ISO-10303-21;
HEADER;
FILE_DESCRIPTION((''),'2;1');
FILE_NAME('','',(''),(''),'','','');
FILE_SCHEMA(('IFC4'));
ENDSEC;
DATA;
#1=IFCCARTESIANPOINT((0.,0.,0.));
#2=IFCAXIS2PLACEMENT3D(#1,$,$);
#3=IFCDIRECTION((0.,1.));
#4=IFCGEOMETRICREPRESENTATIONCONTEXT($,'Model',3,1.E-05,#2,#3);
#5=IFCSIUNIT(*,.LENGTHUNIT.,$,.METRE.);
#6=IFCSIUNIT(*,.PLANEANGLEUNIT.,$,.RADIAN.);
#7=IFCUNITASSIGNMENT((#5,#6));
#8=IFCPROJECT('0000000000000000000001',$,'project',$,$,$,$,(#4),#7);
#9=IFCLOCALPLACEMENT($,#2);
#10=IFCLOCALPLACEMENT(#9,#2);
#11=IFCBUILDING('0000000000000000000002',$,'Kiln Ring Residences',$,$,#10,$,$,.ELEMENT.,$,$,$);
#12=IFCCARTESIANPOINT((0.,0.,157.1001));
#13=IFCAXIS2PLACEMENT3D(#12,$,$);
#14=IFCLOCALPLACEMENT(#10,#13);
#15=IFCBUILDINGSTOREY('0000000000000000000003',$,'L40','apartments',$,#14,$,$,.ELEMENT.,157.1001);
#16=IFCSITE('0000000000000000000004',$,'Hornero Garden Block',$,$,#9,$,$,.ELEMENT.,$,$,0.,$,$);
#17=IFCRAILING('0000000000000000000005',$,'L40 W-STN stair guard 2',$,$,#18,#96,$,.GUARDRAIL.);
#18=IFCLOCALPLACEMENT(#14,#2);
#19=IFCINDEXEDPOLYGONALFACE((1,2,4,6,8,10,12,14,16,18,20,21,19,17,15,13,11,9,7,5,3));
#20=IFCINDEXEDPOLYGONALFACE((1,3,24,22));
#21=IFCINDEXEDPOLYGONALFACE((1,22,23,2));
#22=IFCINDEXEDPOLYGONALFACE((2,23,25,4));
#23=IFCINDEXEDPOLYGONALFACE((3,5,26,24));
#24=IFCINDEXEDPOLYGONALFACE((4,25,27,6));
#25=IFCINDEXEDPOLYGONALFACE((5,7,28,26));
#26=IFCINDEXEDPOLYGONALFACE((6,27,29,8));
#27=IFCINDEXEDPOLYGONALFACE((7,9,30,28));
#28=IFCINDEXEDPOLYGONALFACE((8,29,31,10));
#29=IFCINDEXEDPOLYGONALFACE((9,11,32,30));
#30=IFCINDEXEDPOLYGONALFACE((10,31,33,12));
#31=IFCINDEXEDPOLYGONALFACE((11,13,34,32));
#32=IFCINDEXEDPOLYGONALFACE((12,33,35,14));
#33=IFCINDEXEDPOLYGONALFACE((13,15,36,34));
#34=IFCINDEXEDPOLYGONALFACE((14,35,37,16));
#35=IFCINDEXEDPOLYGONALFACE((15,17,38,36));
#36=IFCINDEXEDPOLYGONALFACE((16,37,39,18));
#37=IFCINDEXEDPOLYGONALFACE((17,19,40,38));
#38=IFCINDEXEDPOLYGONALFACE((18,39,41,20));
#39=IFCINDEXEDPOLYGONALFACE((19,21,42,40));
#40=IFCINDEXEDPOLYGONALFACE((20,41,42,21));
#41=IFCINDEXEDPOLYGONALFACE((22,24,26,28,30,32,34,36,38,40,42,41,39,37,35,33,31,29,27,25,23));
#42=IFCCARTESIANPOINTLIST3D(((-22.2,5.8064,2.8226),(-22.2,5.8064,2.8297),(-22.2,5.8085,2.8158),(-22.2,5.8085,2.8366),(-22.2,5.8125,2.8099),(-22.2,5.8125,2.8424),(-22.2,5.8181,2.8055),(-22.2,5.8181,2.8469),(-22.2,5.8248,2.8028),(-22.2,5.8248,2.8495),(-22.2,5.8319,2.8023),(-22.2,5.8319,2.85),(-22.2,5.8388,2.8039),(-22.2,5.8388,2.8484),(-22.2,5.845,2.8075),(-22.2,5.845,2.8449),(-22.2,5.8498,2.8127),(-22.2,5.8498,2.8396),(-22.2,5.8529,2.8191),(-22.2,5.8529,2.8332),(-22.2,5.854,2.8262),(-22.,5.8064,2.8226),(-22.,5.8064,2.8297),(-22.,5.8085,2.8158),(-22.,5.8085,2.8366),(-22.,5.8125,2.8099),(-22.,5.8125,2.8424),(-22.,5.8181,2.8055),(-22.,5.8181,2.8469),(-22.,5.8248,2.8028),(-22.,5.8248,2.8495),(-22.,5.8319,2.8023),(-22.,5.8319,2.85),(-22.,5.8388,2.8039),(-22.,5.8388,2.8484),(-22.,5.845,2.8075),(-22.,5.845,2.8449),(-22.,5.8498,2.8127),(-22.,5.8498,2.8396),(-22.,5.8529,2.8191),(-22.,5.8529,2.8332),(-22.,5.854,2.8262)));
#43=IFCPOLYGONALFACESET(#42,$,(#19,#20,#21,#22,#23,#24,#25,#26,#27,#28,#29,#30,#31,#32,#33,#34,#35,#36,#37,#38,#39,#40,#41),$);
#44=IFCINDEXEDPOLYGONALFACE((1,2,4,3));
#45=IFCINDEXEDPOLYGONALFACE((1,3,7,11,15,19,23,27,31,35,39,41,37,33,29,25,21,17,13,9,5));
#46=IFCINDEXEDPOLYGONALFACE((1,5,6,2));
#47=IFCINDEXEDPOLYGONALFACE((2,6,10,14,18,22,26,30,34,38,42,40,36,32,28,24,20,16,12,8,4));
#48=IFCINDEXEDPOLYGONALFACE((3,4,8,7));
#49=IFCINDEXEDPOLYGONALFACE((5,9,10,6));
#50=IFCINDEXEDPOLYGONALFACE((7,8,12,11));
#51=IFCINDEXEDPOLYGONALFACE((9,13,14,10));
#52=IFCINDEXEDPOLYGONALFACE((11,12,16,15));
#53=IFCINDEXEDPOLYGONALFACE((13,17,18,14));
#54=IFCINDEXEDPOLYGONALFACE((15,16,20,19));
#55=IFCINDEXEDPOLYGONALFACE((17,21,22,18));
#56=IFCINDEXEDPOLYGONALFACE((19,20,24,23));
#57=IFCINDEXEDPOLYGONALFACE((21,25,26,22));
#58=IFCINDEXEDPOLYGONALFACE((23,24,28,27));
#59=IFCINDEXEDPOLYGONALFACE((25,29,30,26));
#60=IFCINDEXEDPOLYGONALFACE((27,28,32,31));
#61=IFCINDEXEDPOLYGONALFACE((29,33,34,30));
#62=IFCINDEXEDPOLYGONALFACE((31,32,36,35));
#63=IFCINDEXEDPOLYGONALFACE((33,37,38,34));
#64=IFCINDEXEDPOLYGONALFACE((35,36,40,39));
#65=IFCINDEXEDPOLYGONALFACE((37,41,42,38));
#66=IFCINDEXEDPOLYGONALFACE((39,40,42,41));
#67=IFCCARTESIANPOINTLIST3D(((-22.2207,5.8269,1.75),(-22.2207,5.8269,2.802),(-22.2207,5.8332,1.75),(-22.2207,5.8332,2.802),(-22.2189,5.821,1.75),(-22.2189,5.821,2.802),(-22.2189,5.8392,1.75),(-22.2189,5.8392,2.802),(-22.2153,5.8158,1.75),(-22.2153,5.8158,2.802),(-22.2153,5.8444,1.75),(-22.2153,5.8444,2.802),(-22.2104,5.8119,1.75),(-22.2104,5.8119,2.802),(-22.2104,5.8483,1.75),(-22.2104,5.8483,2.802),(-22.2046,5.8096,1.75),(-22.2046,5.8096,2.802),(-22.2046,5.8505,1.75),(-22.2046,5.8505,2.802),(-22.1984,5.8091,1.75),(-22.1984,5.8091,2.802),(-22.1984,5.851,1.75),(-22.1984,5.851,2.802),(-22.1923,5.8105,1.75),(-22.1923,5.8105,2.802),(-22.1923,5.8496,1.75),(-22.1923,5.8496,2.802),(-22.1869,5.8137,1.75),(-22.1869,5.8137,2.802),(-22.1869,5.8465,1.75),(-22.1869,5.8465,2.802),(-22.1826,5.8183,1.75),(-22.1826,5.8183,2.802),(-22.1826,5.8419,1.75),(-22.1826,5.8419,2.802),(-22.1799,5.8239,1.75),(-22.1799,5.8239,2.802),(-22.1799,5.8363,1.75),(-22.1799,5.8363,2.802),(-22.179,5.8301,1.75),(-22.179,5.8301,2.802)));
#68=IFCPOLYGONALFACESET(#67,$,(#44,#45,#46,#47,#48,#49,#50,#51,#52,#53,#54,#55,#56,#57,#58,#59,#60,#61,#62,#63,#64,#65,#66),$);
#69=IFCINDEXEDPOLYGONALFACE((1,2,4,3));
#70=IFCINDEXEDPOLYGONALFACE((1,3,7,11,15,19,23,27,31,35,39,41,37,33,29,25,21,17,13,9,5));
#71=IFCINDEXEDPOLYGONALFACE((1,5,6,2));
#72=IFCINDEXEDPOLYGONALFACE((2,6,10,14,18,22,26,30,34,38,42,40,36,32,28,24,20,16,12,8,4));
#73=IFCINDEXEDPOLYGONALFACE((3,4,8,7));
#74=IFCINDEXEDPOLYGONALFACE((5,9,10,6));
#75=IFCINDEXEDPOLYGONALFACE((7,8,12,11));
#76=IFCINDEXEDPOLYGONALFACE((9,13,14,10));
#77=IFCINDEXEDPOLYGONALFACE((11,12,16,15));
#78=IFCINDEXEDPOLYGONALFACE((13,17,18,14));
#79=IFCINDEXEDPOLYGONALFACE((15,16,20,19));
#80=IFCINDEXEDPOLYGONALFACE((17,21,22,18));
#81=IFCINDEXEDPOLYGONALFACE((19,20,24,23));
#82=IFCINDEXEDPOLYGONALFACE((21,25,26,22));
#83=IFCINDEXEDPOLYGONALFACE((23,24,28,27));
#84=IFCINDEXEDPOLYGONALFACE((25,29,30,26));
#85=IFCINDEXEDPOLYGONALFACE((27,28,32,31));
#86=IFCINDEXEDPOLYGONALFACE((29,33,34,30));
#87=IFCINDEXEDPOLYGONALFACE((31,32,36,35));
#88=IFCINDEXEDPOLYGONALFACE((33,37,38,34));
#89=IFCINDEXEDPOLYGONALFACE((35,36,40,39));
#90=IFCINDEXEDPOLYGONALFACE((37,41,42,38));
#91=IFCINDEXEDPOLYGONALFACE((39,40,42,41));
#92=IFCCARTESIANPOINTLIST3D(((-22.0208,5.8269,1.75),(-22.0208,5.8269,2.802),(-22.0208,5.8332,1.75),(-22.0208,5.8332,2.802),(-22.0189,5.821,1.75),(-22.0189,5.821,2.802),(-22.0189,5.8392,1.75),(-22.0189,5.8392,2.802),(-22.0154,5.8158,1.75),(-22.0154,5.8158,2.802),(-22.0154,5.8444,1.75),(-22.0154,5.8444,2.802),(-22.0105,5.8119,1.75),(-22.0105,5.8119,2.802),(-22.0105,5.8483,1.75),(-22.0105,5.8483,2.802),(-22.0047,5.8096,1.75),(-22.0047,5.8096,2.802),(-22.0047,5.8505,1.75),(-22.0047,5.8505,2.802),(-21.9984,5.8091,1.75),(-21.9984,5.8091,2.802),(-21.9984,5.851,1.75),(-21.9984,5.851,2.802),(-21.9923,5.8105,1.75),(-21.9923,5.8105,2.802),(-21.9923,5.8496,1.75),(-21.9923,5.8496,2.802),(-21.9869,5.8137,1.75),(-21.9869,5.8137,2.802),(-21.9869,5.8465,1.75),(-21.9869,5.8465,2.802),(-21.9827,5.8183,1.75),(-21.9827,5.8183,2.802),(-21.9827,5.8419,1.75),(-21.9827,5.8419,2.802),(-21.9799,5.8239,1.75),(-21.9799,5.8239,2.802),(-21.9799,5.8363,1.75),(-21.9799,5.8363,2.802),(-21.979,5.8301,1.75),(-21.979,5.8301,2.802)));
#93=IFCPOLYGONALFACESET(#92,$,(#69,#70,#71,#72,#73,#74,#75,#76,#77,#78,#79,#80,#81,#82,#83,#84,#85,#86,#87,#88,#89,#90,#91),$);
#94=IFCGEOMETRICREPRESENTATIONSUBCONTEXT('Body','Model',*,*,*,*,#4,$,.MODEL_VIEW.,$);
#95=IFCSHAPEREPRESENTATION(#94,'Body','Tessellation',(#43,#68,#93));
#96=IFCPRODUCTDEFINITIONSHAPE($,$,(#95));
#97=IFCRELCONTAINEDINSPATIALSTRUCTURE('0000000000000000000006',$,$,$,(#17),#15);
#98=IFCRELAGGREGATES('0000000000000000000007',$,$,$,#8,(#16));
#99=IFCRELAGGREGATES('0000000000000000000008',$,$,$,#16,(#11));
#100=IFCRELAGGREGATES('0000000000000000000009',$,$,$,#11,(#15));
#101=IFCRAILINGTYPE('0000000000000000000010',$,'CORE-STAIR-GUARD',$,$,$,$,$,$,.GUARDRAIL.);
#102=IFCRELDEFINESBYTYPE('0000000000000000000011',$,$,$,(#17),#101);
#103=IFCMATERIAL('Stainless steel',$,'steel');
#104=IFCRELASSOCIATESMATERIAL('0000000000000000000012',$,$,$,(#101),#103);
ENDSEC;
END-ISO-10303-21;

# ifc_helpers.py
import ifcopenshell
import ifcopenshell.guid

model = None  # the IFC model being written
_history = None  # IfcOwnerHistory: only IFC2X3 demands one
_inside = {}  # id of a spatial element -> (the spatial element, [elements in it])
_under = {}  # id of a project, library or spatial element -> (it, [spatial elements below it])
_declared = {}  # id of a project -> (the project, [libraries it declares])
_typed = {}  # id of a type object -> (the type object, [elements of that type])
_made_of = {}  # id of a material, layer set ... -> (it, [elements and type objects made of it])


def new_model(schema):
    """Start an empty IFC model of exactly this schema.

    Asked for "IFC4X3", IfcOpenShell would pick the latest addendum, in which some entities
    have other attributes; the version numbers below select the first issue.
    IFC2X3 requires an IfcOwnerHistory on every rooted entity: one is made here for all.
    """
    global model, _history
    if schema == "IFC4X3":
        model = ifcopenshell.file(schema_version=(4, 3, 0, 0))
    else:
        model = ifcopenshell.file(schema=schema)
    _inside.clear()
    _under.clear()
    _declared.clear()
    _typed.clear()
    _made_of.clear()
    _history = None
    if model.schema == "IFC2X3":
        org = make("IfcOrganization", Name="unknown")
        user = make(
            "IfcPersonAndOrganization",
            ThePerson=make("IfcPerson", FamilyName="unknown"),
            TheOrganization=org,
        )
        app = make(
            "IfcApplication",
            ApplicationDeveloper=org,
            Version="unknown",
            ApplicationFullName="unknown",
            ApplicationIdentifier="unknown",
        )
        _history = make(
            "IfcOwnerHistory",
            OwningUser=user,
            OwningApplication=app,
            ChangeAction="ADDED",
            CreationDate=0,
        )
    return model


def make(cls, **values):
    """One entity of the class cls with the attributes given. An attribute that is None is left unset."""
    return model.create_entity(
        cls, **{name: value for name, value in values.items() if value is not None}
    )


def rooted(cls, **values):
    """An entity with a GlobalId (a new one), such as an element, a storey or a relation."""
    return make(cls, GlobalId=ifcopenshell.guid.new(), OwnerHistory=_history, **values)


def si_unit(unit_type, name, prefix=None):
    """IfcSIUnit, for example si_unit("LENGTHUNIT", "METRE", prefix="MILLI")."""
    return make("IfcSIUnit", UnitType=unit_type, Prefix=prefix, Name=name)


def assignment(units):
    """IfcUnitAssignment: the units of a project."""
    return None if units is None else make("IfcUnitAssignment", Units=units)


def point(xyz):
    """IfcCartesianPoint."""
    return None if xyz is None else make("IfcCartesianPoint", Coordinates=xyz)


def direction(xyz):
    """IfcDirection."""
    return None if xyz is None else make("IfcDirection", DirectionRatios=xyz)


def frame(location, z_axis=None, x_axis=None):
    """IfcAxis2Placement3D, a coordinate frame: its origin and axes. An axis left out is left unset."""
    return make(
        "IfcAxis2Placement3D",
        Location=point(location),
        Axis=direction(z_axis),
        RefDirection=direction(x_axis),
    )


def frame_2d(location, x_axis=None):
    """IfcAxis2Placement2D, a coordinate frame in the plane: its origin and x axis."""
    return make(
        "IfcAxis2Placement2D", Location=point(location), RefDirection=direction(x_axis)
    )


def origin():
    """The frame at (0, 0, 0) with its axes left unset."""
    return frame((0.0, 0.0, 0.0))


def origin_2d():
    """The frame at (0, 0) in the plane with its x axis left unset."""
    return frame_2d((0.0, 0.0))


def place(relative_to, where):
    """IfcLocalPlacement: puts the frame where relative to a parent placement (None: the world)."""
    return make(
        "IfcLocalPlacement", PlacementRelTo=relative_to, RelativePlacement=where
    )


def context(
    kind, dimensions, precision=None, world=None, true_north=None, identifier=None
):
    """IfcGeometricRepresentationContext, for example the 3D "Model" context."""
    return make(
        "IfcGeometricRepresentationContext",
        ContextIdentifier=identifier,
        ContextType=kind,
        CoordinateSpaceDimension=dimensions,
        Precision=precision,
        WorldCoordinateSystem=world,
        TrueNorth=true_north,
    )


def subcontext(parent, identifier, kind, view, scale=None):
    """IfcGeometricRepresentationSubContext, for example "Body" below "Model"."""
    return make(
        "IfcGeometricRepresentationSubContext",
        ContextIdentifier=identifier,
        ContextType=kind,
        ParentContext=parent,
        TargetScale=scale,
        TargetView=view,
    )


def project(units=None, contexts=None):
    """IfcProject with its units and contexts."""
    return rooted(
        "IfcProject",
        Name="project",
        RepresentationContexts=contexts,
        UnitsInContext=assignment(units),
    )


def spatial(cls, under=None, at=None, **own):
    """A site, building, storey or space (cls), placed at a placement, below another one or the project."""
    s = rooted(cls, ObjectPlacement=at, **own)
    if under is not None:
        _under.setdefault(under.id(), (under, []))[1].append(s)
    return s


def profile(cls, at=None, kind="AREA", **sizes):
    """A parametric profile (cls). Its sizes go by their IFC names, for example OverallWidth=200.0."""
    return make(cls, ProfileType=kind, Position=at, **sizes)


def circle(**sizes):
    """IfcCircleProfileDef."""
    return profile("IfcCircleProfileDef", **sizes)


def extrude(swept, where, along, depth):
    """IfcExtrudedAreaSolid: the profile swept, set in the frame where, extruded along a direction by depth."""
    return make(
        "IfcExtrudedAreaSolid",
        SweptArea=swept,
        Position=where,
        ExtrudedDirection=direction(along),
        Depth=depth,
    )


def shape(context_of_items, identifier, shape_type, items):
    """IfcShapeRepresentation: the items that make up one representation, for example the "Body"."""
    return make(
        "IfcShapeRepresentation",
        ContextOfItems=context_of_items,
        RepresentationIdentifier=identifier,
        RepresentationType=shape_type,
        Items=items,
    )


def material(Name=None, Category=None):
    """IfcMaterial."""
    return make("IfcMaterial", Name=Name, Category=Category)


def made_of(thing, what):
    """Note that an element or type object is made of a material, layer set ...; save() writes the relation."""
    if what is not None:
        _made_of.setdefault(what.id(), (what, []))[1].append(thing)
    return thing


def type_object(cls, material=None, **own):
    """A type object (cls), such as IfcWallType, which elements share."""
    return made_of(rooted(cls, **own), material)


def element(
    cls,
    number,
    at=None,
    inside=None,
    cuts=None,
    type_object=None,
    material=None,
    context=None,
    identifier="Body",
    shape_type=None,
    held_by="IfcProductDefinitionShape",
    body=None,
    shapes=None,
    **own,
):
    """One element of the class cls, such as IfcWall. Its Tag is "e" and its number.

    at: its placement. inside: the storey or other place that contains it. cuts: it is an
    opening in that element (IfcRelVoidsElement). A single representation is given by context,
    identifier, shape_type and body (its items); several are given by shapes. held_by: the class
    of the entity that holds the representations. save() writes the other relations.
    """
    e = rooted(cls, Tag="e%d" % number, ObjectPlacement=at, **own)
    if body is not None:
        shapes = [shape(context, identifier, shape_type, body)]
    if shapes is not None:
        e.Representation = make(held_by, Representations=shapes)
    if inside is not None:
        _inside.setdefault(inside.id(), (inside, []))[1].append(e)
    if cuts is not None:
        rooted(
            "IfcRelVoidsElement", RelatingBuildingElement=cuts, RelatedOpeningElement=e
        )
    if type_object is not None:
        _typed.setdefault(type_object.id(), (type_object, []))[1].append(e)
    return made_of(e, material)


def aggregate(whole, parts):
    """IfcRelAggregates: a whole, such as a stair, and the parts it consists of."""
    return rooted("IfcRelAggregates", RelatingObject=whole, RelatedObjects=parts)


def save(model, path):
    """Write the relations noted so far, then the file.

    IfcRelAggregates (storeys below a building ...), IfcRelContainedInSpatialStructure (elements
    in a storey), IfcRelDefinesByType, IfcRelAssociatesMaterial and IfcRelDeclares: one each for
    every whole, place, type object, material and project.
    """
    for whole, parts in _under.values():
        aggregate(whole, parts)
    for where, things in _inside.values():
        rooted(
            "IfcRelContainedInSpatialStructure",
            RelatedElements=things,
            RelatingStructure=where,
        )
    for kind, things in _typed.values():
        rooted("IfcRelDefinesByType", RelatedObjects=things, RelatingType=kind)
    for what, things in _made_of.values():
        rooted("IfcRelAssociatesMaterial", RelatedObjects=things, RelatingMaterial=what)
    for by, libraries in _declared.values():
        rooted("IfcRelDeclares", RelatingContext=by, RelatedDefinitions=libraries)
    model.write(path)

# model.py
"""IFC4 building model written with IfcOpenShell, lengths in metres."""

from ifc_helpers import new_model, si_unit, direction, frame, origin, origin_2d, place, context, subcontext, project, spatial, circle, extrude, material, type_object, element, save


model = new_model("IFC4")

# Units and contexts
model_context = context("Model", 3, precision=1e-05, world=origin(), true_north=direction((0.0, 1.0)))
body_context = subcontext(model_context, "Body", "Model", "MODEL_VIEW")
ifc_project = project(units=[si_unit("LENGTHUNIT", "METRE"), si_unit("PLANEANGLEUNIT", "RADIAN")], contexts=[model_context])

# Site, building, storey
site_placement = place(None, origin())
site = spatial("IfcSite", under=ifc_project, at=site_placement, Name="Hornero Garden Block", CompositionType="ELEMENT", RefElevation=0.0)
building_placement = place(site_placement, origin())
building = spatial("IfcBuilding", under=site, at=building_placement, Name="Kiln Ring Residences", CompositionType="ELEMENT")
storey_placement = place(building_placement, frame((0.0, 0.0, 157.1001)))
storey = spatial("IfcBuildingStorey", under=building, at=storey_placement, Name="L40", Description="apartments", CompositionType="ELEMENT", Elevation=157.1001)

# Railing
ifc_material_1 = material(Name="Stainless steel", Category="steel")
railing_type_1 = type_object("IfcRailingType", Name="CORE-STAIR-GUARD", PredefinedType="GUARDRAIL", material=ifc_material_1)
railing_1_placement = place(storey_placement, frame((-22.2, 5.8301, 1.75)))
element("IfcRailing", 1, at=railing_1_placement, inside=storey, type_object=railing_type_1, Name="L40 W-STN stair guard 2", PredefinedType="GUARDRAIL", context=body_context, shape_type="SweptSolid", body=[
    extrude(circle(Radius=0.0239, at=origin_2d()), frame((0.0, 0.0, 1.0762), z_axis=(1.0, 0.0, 0.0), x_axis=(0.0, 1.0, 0.0)), (0.0, 0.0, 1.0), 0.2),
    extrude(circle(Radius=0.021, at=origin_2d()), origin(), (0.0, 0.0, 1.0), 1.052),
    extrude(circle(Radius=0.021, at=origin_2d()), frame((0.2, 0.0, 0.0)), (0.0, 0.0, 1.0), 1.052),
])

save(model, "model.ifc")
